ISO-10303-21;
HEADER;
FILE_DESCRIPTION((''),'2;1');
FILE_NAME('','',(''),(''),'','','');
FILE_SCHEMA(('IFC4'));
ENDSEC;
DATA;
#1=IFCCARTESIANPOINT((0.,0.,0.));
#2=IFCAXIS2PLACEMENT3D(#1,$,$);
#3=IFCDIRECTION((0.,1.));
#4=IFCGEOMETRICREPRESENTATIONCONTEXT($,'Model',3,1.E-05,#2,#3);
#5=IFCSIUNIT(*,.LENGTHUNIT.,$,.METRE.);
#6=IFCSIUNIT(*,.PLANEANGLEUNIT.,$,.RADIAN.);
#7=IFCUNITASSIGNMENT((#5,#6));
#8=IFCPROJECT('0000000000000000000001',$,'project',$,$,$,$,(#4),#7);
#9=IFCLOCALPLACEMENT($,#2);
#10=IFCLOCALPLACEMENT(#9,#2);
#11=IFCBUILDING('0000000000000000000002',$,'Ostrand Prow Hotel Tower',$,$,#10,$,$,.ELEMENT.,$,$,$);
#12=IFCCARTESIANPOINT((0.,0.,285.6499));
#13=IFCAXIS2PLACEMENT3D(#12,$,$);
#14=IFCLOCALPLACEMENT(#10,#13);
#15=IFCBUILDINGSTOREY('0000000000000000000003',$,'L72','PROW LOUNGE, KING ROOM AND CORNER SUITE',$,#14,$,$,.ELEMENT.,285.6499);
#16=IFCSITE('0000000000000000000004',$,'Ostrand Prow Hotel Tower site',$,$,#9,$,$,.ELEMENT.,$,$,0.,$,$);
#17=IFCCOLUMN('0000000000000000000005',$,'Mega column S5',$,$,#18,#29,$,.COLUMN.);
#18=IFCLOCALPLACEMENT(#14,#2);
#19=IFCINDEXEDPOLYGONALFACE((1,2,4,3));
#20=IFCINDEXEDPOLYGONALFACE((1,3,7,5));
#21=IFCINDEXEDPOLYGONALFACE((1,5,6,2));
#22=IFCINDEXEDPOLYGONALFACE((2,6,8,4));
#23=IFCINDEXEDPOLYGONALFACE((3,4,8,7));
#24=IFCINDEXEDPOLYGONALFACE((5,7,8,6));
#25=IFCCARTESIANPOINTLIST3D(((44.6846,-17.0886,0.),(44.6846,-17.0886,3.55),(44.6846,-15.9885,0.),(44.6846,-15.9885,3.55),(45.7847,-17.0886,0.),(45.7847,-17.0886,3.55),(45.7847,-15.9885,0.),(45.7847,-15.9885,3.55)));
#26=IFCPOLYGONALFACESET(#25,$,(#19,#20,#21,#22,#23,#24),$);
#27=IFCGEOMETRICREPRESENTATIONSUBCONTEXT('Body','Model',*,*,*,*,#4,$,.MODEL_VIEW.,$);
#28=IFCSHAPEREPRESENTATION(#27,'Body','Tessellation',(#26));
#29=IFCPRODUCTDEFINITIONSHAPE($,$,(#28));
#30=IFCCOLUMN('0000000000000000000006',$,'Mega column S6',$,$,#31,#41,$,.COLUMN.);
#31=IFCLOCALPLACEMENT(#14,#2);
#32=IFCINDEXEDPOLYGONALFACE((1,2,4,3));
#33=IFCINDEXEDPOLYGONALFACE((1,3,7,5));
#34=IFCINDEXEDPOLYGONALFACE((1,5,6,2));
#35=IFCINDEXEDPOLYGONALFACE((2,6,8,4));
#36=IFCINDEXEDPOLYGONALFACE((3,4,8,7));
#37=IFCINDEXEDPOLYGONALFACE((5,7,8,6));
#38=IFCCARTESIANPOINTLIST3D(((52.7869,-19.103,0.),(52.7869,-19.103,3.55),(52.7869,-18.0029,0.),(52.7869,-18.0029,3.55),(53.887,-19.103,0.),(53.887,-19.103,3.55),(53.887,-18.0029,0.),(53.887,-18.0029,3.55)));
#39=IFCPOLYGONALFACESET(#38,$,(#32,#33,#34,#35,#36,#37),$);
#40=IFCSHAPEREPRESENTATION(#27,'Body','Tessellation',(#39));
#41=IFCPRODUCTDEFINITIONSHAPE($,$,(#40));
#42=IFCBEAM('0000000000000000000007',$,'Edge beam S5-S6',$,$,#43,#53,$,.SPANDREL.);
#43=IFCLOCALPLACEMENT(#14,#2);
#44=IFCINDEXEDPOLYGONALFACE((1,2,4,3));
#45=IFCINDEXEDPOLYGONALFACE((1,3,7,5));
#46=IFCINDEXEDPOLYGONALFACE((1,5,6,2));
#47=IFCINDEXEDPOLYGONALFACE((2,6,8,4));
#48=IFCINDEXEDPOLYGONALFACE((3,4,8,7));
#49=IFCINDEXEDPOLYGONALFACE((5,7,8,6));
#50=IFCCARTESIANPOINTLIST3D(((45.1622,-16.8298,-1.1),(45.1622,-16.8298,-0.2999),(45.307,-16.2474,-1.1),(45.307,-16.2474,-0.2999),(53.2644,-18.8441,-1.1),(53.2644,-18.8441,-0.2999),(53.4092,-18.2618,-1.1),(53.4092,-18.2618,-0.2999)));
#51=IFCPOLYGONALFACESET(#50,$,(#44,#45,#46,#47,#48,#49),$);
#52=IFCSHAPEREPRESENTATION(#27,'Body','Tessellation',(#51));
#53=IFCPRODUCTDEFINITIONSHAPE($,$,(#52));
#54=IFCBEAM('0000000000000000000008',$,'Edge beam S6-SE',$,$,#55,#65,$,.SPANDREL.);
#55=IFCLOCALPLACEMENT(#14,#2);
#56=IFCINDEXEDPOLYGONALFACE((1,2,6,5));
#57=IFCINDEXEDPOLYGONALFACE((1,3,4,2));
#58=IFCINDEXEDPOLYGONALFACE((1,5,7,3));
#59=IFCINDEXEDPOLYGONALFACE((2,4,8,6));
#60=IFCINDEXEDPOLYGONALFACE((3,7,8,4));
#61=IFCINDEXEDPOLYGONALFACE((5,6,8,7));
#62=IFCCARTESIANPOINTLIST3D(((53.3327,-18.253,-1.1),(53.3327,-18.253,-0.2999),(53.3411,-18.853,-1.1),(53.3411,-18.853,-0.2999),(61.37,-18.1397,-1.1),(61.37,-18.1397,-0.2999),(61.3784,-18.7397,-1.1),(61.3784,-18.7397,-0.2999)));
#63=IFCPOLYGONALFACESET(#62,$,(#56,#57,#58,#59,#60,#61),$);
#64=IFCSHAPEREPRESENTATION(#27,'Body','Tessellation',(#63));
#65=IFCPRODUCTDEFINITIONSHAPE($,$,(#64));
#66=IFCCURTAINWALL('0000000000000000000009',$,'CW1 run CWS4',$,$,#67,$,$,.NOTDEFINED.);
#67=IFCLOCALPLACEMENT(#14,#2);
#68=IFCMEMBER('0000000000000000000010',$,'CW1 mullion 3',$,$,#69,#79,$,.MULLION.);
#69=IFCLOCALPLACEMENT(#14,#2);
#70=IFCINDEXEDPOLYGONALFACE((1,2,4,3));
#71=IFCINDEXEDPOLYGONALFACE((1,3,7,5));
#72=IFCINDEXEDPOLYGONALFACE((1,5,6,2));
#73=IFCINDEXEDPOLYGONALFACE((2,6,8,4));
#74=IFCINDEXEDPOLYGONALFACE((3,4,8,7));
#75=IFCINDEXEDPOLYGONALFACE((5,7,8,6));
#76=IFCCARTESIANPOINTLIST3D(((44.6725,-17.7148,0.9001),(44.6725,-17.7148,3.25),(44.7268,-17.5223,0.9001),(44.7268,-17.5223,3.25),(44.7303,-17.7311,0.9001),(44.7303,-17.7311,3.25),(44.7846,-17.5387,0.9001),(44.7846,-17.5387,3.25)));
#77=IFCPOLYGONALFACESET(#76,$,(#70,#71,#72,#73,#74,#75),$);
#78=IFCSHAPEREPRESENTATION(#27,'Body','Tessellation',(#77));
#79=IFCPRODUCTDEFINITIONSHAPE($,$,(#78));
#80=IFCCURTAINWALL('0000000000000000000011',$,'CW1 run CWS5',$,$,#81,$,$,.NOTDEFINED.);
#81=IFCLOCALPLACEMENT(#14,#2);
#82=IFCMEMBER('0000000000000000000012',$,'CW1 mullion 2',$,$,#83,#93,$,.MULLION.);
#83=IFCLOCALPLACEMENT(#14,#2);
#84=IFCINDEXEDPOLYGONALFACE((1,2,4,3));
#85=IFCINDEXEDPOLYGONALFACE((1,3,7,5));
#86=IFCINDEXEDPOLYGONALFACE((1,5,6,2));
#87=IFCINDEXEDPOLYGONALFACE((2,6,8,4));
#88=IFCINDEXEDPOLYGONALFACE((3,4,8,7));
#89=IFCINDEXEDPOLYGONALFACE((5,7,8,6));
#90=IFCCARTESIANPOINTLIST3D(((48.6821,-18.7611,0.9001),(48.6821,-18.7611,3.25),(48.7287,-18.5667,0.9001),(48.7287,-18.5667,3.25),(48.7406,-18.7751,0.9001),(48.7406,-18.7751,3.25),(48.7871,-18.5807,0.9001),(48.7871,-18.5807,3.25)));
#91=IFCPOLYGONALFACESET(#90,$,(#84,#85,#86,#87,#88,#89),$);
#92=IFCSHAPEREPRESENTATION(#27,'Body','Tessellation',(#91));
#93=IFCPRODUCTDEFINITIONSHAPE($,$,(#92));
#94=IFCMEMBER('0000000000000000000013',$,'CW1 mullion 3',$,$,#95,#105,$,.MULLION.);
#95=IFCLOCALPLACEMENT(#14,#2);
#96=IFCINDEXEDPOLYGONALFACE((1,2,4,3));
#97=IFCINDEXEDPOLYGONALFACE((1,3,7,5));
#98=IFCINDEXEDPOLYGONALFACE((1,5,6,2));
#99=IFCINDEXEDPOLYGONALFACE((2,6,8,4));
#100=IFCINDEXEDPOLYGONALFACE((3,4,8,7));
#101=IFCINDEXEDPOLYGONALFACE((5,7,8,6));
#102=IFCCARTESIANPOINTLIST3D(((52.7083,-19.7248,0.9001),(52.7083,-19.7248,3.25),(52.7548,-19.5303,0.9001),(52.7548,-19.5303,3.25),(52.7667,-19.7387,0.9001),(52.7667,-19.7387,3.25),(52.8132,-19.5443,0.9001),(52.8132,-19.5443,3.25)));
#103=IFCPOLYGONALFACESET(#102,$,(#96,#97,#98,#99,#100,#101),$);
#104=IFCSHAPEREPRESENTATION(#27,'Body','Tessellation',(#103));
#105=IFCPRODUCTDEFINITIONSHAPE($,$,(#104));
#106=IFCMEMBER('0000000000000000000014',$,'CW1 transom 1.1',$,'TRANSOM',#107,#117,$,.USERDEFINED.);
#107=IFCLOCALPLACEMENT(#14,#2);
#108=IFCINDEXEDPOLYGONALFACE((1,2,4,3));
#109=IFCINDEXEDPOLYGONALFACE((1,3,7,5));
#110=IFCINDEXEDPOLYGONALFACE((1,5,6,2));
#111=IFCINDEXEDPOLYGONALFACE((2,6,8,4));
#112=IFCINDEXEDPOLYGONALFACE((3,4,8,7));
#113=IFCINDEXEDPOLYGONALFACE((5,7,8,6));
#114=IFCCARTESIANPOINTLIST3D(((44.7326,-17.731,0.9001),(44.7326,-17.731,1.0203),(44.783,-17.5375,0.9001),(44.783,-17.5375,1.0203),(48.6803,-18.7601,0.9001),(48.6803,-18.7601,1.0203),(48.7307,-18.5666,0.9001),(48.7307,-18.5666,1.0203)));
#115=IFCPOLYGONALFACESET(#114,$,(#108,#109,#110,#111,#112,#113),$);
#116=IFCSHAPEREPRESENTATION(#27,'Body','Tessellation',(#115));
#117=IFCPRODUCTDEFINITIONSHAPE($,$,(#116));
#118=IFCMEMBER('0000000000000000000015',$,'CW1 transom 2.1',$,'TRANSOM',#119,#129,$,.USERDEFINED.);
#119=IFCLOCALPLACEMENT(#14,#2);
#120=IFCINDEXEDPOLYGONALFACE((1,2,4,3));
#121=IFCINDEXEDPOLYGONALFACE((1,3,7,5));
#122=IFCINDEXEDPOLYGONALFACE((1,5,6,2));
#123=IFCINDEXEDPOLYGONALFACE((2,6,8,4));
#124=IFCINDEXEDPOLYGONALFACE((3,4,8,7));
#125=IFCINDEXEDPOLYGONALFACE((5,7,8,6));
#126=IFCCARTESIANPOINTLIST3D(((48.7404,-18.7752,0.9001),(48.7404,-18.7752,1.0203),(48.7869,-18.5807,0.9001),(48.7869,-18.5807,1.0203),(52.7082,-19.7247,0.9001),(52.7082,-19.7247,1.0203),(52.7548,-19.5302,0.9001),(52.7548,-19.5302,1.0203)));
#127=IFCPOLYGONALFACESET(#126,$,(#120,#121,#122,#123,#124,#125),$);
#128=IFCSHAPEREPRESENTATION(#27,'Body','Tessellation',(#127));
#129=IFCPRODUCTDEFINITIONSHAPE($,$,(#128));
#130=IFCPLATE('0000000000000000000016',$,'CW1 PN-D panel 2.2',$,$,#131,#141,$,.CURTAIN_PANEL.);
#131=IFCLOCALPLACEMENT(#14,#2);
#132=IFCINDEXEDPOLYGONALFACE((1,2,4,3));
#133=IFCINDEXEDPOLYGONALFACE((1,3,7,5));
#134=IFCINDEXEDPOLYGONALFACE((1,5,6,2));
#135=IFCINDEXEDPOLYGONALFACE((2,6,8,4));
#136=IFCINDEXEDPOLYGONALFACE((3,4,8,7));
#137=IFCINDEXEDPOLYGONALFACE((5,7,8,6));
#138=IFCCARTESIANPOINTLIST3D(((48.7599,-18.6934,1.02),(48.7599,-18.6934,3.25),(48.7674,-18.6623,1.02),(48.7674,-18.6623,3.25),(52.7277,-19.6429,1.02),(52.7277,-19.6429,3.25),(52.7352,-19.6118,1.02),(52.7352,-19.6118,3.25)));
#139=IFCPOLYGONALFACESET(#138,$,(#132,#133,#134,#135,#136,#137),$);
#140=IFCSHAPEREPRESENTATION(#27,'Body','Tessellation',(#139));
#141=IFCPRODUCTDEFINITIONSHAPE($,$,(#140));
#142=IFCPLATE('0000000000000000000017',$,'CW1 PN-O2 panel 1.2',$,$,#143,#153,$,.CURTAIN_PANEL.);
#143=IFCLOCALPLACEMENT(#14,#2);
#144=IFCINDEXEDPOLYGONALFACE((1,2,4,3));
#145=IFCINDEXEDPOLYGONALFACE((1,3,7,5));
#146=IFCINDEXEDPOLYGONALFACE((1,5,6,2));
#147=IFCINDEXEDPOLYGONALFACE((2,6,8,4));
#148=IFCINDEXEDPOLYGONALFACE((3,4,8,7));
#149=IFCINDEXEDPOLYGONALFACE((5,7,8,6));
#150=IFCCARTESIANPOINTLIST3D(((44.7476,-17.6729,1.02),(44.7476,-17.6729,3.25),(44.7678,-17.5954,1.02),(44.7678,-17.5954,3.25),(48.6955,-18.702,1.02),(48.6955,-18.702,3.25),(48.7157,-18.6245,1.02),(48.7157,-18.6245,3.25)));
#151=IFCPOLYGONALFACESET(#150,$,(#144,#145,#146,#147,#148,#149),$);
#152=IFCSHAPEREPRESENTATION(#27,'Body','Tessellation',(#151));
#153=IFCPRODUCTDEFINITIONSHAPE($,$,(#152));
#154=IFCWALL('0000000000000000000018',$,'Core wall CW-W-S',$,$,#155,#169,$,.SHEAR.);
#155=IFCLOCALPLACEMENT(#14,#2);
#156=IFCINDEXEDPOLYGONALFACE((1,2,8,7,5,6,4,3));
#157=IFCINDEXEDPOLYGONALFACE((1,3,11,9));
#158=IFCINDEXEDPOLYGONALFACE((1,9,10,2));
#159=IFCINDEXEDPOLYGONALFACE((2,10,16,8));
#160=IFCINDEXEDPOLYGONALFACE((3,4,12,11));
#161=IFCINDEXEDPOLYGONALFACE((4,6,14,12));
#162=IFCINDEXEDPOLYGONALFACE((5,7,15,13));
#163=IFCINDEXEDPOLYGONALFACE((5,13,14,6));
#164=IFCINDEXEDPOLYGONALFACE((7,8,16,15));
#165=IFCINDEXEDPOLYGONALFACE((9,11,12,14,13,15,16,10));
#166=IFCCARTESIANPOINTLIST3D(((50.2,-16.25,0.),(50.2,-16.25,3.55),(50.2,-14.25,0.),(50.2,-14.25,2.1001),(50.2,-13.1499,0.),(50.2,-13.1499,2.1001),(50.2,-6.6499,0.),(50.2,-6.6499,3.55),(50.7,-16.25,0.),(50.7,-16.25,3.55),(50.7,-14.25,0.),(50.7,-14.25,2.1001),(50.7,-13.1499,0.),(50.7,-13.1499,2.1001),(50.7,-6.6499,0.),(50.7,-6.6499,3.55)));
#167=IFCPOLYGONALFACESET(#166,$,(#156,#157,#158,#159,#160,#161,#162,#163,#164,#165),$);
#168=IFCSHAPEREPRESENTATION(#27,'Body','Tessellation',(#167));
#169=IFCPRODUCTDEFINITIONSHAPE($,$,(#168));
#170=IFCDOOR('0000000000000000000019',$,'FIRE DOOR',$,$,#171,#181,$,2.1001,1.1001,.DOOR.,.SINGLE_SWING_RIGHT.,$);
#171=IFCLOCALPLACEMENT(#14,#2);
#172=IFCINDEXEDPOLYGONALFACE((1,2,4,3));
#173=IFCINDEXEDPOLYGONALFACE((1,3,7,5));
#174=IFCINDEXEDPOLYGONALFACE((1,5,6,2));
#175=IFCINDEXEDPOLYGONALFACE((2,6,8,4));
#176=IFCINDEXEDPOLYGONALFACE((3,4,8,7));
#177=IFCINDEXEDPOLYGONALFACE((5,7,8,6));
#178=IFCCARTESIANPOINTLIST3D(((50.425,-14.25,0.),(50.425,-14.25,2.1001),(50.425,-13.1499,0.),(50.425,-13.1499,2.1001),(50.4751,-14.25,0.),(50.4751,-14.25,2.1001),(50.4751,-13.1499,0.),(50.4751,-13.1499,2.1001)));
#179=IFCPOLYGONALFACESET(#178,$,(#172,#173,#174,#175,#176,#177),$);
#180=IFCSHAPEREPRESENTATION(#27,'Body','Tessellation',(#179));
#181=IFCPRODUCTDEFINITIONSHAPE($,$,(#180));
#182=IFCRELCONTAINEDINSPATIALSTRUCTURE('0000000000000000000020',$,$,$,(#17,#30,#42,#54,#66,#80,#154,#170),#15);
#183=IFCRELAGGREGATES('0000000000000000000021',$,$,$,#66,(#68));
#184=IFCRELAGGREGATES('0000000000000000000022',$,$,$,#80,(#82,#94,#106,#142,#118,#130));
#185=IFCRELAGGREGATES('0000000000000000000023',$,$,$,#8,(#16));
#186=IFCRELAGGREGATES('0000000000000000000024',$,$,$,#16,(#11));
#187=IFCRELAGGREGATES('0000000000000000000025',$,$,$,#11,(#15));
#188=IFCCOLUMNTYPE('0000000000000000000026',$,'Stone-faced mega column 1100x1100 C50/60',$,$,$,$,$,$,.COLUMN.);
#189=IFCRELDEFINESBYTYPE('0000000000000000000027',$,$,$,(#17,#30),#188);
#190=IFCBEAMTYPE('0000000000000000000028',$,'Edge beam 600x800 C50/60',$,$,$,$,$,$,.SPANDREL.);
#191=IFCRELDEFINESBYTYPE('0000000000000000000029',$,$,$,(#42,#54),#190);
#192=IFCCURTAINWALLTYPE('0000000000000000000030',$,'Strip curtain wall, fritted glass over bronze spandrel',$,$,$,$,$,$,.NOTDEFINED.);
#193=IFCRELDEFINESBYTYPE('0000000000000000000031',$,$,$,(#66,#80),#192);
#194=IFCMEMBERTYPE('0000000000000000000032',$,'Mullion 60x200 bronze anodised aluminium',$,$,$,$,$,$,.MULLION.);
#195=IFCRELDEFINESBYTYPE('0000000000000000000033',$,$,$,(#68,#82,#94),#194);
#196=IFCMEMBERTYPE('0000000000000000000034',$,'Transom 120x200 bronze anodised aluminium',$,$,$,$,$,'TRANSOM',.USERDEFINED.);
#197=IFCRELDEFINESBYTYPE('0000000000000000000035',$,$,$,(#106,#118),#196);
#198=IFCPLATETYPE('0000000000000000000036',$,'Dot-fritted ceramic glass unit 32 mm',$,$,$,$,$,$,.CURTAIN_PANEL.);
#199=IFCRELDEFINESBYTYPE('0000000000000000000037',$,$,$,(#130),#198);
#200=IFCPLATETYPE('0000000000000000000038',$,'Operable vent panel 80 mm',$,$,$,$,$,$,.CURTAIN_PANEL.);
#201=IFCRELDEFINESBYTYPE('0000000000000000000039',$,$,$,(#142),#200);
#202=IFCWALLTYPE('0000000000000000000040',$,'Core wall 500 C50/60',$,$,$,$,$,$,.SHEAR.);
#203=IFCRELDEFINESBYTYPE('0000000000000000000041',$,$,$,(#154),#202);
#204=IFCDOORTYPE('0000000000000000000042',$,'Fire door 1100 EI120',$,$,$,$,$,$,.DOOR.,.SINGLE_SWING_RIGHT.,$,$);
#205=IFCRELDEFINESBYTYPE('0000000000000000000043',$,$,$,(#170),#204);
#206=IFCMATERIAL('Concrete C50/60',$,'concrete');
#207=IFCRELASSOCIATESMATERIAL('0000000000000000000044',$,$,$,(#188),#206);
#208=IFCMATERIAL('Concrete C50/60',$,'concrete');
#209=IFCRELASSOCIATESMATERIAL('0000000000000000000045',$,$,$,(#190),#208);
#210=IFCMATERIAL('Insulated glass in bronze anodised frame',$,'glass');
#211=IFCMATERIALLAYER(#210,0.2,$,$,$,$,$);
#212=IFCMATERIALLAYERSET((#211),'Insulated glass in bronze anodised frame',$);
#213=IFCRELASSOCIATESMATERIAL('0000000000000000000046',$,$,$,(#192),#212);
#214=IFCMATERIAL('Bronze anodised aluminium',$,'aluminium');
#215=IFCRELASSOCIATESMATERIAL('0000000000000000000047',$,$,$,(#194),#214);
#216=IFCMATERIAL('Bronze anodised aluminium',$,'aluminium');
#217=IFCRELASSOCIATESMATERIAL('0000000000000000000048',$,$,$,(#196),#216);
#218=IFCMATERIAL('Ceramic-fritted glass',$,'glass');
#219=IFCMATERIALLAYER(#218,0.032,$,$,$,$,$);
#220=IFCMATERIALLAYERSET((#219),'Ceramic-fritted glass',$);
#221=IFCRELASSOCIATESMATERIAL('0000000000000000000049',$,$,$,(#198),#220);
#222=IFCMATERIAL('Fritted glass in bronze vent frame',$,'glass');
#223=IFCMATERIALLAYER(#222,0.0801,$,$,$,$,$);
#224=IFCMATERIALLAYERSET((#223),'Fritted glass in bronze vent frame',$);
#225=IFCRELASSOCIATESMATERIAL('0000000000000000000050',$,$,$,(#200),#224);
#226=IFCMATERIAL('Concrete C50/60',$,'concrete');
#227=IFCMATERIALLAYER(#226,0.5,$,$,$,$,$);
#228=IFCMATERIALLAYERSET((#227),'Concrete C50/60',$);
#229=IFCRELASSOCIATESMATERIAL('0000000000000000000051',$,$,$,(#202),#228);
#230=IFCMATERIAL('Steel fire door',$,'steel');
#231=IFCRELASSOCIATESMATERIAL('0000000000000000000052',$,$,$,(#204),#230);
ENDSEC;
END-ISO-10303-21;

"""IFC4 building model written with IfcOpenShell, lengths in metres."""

from ifc_helpers import new_model, si_unit, direction, frame, frame_2d, origin, origin_2d, place, context, subcontext, project, spatial, rectangle, extrude, material, layer, layer_set, material_profile, profile_set, type_object, element, fill, aggregate, save


model = new_model("IFC4")

# Units and contexts
model_context = context("Model", 3, precision=1e-05, world=origin(), true_north=direction((0.0, 1.0)))
body_context = subcontext(model_context, "Body", "Model", "MODEL_VIEW")
ifc_project = project(units=[si_unit("LENGTHUNIT", "METRE"), si_unit("PLANEANGLEUNIT", "RADIAN")], contexts=[model_context])

# Site, building, storey
site_placement = place(None, origin())
site = spatial("IfcSite", under=ifc_project, at=site_placement, Name="Ostrand Prow Hotel Tower site", CompositionType="ELEMENT", RefElevation=0.0)
building_placement = place(site_placement, origin())
building = spatial("IfcBuilding", under=site, at=building_placement, Name="Ostrand Prow Hotel Tower", CompositionType="ELEMENT")
storey_placement = place(building_placement, frame((0.0, 0.0, 285.6499)))
storey = spatial("IfcBuildingStorey", under=building, at=storey_placement, Name="L72", Description="PROW LOUNGE, KING ROOM AND CORNER SUITE", CompositionType="ELEMENT", Elevation=285.6499)

# Columns
ifc_material_1 = material(Name="Concrete C50/60", Category="concrete")
ifc_material_profile_1 = material_profile(ifc_material_1, rectangle(XDim=1.1001, YDim=1.1001, at=origin_2d()), Name="RC 1100x1100")
ifc_profile_set_1 = profile_set([ifc_material_profile_1], Name="Concrete C50/60")
column_type = type_object("IfcColumnType", Name="Stone-faced mega column 1100x1100 C50/60", PredefinedType="COLUMN", material=ifc_profile_set_1)
for number, where, z_axis, x_axis, name in (
    (1, (45.2346, -16.5386, 0.0), (0.0, 0.0, 1.0), (1.0, 0.0, 0.0), "Mega column S5"),
    (2, (53.3369, -18.553, 0.0), (0.0, 0.0, 1.0), (1.0, 0.0, 0.0), "Mega column S6"),
):
    element("IfcColumn", number, at=place(storey_placement, frame(where, z_axis=z_axis, x_axis=x_axis)), inside=storey, type_object=column_type, Name=name, PredefinedType="COLUMN", context=body_context, shape_type="SweptSolid", body=[
        extrude(rectangle(XDim=1.1001, YDim=1.1001, at=origin_2d()), origin(), (0.0, 0.0, 1.0), 3.55),
    ])

# Beams
ifc_material_2 = material(Name="Concrete C50/60", Category="concrete")
ifc_material_profile_2 = material_profile(ifc_material_2, rectangle(XDim=0.6001, YDim=0.8, at=origin_2d()), Name="RC 600x800")
ifc_profile_set_2 = profile_set([ifc_material_profile_2], Name="Concrete C50/60")
beam_type = type_object("IfcBeamType", Name="Edge beam 600x800 C50/60", PredefinedType="SPANDREL", material=ifc_profile_set_2)
beam_1_placement = place(storey_placement, frame((45.2346, -16.5386, -0.7), z_axis=(0.970456, -0.241276, 0.0), x_axis=(0.241276, 0.970456, 0.0)))
element("IfcBeam", 3, at=beam_1_placement, inside=storey, type_object=beam_type, Name="Edge beam S5-S6", PredefinedType="SPANDREL", context=body_context, shape_type="SweptSolid", body=[
    extrude(rectangle(XDim=0.6001, YDim=0.8, at=origin_2d()), origin(), (0.0, 0.0, 1.0), 8.3489),
])
beam_2_placement = place(storey_placement, frame((53.3369, -18.553, -0.7), z_axis=(0.999901, 0.014093, 0.0), x_axis=(-0.014093, 0.999901, 0.0)))
element("IfcBeam", 4, at=beam_2_placement, inside=storey, type_object=beam_type, Name="Edge beam S6-SE", PredefinedType="SPANDREL", context=body_context, shape_type="SweptSolid", body=[
    extrude(rectangle(XDim=0.6001, YDim=0.8, at=origin_2d()), origin(), (0.0, 0.0, 1.0), 8.0381),
])

# Curtain wall, member
ifc_material_3 = material(Name="Insulated glass in bronze anodised frame", Category="glass")
ifc_layer_1 = layer(ifc_material_3, 0.2)
ifc_layer_set_1 = layer_set([ifc_layer_1], Name="Insulated glass in bronze anodised frame")
curtain_wall_type = type_object("IfcCurtainWallType", Name="Strip curtain wall, fritted glass over bronze spandrel", PredefinedType="NOTDEFINED", material=ifc_layer_set_1)
curtain_wall_1_placement = place(storey_placement, origin())
curtain_wall_1 = element("IfcCurtainWall", 5, at=curtain_wall_1_placement, inside=storey, type_object=curtain_wall_type, Name="CW1 run CWS4", PredefinedType="NOTDEFINED")
ifc_material_4 = material(Name="Bronze anodised aluminium", Category="aluminium")
ifc_material_profile_3 = material_profile(ifc_material_4, rectangle(XDim=0.2, YDim=0.0601, at=origin_2d()), Name="Mullion 60x200 bronze anodised aluminium")
ifc_profile_set_3 = profile_set([ifc_material_profile_3], Name="Bronze anodised aluminium")
member_type_1 = type_object("IfcMemberType", Name="Mullion 60x200 bronze anodised aluminium", PredefinedType="MULLION", material=ifc_profile_set_3)
member_1_placement = place(storey_placement, frame((44.7285, -17.6267, 0.9001), z_axis=(0.0, 0.0, 1.0), x_axis=(0.271649, 0.962396, 0.0)))
member_1 = element("IfcMember", 6, at=member_1_placement, type_object=member_type_1, Name="CW1 mullion 3", PredefinedType="MULLION", context=body_context, shape_type="SweptSolid", body=[
    extrude(rectangle(XDim=0.2, YDim=0.0601, at=origin_2d()), origin(), (0.0, 0.0, 1.0), 2.3499),
])
aggregate(curtain_wall_1, [member_1])

# Curtain wall, members, plates
curtain_wall_2_placement = place(storey_placement, origin())
curtain_wall_2 = element("IfcCurtainWall", 7, at=curtain_wall_2_placement, inside=storey, type_object=curtain_wall_type, Name="CW1 run CWS5", PredefinedType="NOTDEFINED")
member_2_placement = place(storey_placement, frame((48.7346, -18.6709, 0.9001), z_axis=(0.0, 0.0, 1.0), x_axis=(0.232746, 0.972538, 0.0)))
member_2 = element("IfcMember", 8, at=member_2_placement, type_object=member_type_1, Name="CW1 mullion 2", PredefinedType="MULLION", context=body_context, shape_type="SweptSolid", body=[
    extrude(rectangle(XDim=0.2, YDim=0.0601, at=origin_2d()), origin(), (0.0, 0.0, 1.0), 2.3499),
])
member_3_placement = place(storey_placement, frame((52.7607, -19.6345, 0.9001), z_axis=(0.0, 0.0, 1.0), x_axis=(0.232746, 0.972538, 0.0)))
member_3 = element("IfcMember", 9, at=member_3_placement, type_object=member_type_1, Name="CW1 mullion 3", PredefinedType="MULLION", context=body_context, shape_type="SweptSolid", body=[
    extrude(rectangle(XDim=0.2, YDim=0.0601, at=origin_2d()), origin(), (0.0, 0.0, 1.0), 2.3499),
])
ifc_material_5 = material(Name="Bronze anodised aluminium", Category="aluminium")
ifc_material_profile_4 = material_profile(ifc_material_5, rectangle(XDim=0.2, YDim=0.1201, at=origin_2d()), Name="Transom 120x200 bronze anodised aluminium")
ifc_profile_set_4 = profile_set([ifc_material_profile_4], Name="Bronze anodised aluminium")
member_type_2 = type_object("IfcMemberType", Name="Transom 120x200 bronze anodised aluminium", ElementType="TRANSOM", PredefinedType="USERDEFINED", material=ifc_profile_set_4)
member_4_placement = place(storey_placement, frame((44.7578, -17.6343, 0.9602), z_axis=(0.967665, -0.252239, 0.0), x_axis=(0.252239, 0.967665, 0.0)))
member_4 = element("IfcMember", 10, at=member_4_placement, type_object=member_type_2, Name="CW1 transom 1.1", ObjectType="TRANSOM", PredefinedType="USERDEFINED", context=body_context, shape_type="SweptSolid", body=[
    extrude(rectangle(XDim=0.2, YDim=0.1201, at=origin_2d()), origin(), (0.0, 0.0, 1.0), 4.0796),
])
member_5_placement = place(storey_placement, frame((48.7637, -18.678, 0.9602), z_axis=(0.972543, -0.232723, 0.0), x_axis=(0.232723, 0.972543, 0.0)))
member_5 = element("IfcMember", 11, at=member_5_placement, type_object=member_type_2, Name="CW1 transom 2.1", ObjectType="TRANSOM", PredefinedType="USERDEFINED", context=body_context, shape_type="SweptSolid", body=[
    extrude(rectangle(XDim=0.2, YDim=0.1201, at=origin_2d()), origin(), (0.0, 0.0, 1.0), 4.0798),
])
ifc_material_6 = material(Name="Ceramic-fritted glass", Category="glass")
ifc_layer_2 = layer(ifc_material_6, 0.032)
ifc_layer_set_2 = layer_set([ifc_layer_2], Name="Ceramic-fritted glass")
plate_type_1 = type_object("IfcPlateType", Name="Dot-fritted ceramic glass unit 32 mm", PredefinedType="CURTAIN_PANEL", material=ifc_layer_set_2)
plate_1_placement = place(storey_placement, frame((50.7476, -19.1526, 1.02), z_axis=(0.0, 0.0, 1.0), x_axis=(0.972538, -0.232746, 0.0)))
plate_1 = element("IfcPlate", 12, at=plate_1_placement, type_object=plate_type_1, Name="CW1 PN-D panel 2.2", PredefinedType="CURTAIN_PANEL", context=body_context, shape_type="SweptSolid", body=[
    extrude(rectangle(XDim=4.0798, YDim=0.032, at=origin_2d()), origin(), (0.0, 0.0, 1.0), 2.23),
])
ifc_material_7 = material(Name="Fritted glass in bronze vent frame", Category="glass")
ifc_layer_3 = layer(ifc_material_7, 0.0801)
ifc_layer_set_3 = layer_set([ifc_layer_3], Name="Fritted glass in bronze vent frame")
plate_type_2 = type_object("IfcPlateType", Name="Operable vent panel 80 mm", PredefinedType="CURTAIN_PANEL", material=ifc_layer_set_3)
plate_2_placement = place(storey_placement, frame((46.7317, -18.1487, 1.02), z_axis=(0.0, 0.0, 1.0), x_axis=(0.967663, -0.252248, 0.0)))
plate_2 = element("IfcPlate", 13, at=plate_2_placement, type_object=plate_type_2, Name="CW1 PN-O2 panel 1.2", PredefinedType="CURTAIN_PANEL", context=body_context, shape_type="SweptSolid", body=[
    extrude(rectangle(XDim=4.0798, YDim=0.0801, at=origin_2d()), origin(), (0.0, 0.0, 1.0), 2.23),
])
aggregate(curtain_wall_2, [member_2, member_3, member_4, plate_2, member_5, plate_1])

# Wall, opening, door
ifc_material_8 = material(Name="Concrete C50/60", Category="concrete")
ifc_layer_4 = layer(ifc_material_8, 0.5)
ifc_layer_set_4 = layer_set([ifc_layer_4], Name="Concrete C50/60")
wall_type_1 = type_object("IfcWallType", Name="Core wall 500 C50/60", PredefinedType="SHEAR", material=ifc_layer_set_4)
wall_1_placement = place(storey_placement, frame((50.45, -16.25, 0.0), z_axis=(0.0, 0.0, 1.0), x_axis=(0.0, 1.0, 0.0)))
wall_1 = element("IfcWall", 14, at=wall_1_placement, inside=storey, type_object=wall_type_1, Name="Core wall CW-W-S", PredefinedType="SHEAR", context=body_context, shape_type="SweptSolid", body=[
    extrude(rectangle(XDim=9.6001, YDim=0.5, at=frame_2d((4.8, 0.0))), origin(), (0.0, 0.0, 1.0), 3.55),
])
opening_placement = place(wall_1_placement, frame((2.0, 0.0, 0.0)))
opening = element("IfcOpeningElement", 15, at=opening_placement, cuts=wall_1, PredefinedType="OPENING", context=body_context, shape_type="SweptSolid", body=[
    extrude(rectangle(XDim=1.1001, YDim=2.1001, at=frame_2d((0.55, 1.05))), frame((0.0, 0.26, 0.0), z_axis=(0.0, -1.0, 0.0), x_axis=(1.0, 0.0, 0.0)), (0.0, 0.0, 1.0), 0.52),
])
ifc_material_9 = material(Name="Steel fire door", Category="steel")
door_type = type_object("IfcDoorType", Name="Fire door 1100 EI120", OperationType="SINGLE_SWING_RIGHT", PredefinedType="DOOR", material=ifc_material_9)
door_placement = place(opening_placement, origin())
door = element("IfcDoor", 16, at=door_placement, inside=storey, type_object=door_type, Name="FIRE DOOR", OperationType="SINGLE_SWING_RIGHT", OverallHeight=2.1001, OverallWidth=1.1001, PredefinedType="DOOR", context=body_context, shape_type="SweptSolid", body=[
    extrude(rectangle(XDim=1.1001, YDim=2.1001, at=frame_2d((0.55, 1.05))), frame((0.0, 0.0249, 0.0), z_axis=(0.0, -1.0, 0.0), x_axis=(1.0, 0.0, 0.0)), (0.0, 0.0, 1.0), 0.05),
])
fill(opening, door)

save(model, "model.ifc")
